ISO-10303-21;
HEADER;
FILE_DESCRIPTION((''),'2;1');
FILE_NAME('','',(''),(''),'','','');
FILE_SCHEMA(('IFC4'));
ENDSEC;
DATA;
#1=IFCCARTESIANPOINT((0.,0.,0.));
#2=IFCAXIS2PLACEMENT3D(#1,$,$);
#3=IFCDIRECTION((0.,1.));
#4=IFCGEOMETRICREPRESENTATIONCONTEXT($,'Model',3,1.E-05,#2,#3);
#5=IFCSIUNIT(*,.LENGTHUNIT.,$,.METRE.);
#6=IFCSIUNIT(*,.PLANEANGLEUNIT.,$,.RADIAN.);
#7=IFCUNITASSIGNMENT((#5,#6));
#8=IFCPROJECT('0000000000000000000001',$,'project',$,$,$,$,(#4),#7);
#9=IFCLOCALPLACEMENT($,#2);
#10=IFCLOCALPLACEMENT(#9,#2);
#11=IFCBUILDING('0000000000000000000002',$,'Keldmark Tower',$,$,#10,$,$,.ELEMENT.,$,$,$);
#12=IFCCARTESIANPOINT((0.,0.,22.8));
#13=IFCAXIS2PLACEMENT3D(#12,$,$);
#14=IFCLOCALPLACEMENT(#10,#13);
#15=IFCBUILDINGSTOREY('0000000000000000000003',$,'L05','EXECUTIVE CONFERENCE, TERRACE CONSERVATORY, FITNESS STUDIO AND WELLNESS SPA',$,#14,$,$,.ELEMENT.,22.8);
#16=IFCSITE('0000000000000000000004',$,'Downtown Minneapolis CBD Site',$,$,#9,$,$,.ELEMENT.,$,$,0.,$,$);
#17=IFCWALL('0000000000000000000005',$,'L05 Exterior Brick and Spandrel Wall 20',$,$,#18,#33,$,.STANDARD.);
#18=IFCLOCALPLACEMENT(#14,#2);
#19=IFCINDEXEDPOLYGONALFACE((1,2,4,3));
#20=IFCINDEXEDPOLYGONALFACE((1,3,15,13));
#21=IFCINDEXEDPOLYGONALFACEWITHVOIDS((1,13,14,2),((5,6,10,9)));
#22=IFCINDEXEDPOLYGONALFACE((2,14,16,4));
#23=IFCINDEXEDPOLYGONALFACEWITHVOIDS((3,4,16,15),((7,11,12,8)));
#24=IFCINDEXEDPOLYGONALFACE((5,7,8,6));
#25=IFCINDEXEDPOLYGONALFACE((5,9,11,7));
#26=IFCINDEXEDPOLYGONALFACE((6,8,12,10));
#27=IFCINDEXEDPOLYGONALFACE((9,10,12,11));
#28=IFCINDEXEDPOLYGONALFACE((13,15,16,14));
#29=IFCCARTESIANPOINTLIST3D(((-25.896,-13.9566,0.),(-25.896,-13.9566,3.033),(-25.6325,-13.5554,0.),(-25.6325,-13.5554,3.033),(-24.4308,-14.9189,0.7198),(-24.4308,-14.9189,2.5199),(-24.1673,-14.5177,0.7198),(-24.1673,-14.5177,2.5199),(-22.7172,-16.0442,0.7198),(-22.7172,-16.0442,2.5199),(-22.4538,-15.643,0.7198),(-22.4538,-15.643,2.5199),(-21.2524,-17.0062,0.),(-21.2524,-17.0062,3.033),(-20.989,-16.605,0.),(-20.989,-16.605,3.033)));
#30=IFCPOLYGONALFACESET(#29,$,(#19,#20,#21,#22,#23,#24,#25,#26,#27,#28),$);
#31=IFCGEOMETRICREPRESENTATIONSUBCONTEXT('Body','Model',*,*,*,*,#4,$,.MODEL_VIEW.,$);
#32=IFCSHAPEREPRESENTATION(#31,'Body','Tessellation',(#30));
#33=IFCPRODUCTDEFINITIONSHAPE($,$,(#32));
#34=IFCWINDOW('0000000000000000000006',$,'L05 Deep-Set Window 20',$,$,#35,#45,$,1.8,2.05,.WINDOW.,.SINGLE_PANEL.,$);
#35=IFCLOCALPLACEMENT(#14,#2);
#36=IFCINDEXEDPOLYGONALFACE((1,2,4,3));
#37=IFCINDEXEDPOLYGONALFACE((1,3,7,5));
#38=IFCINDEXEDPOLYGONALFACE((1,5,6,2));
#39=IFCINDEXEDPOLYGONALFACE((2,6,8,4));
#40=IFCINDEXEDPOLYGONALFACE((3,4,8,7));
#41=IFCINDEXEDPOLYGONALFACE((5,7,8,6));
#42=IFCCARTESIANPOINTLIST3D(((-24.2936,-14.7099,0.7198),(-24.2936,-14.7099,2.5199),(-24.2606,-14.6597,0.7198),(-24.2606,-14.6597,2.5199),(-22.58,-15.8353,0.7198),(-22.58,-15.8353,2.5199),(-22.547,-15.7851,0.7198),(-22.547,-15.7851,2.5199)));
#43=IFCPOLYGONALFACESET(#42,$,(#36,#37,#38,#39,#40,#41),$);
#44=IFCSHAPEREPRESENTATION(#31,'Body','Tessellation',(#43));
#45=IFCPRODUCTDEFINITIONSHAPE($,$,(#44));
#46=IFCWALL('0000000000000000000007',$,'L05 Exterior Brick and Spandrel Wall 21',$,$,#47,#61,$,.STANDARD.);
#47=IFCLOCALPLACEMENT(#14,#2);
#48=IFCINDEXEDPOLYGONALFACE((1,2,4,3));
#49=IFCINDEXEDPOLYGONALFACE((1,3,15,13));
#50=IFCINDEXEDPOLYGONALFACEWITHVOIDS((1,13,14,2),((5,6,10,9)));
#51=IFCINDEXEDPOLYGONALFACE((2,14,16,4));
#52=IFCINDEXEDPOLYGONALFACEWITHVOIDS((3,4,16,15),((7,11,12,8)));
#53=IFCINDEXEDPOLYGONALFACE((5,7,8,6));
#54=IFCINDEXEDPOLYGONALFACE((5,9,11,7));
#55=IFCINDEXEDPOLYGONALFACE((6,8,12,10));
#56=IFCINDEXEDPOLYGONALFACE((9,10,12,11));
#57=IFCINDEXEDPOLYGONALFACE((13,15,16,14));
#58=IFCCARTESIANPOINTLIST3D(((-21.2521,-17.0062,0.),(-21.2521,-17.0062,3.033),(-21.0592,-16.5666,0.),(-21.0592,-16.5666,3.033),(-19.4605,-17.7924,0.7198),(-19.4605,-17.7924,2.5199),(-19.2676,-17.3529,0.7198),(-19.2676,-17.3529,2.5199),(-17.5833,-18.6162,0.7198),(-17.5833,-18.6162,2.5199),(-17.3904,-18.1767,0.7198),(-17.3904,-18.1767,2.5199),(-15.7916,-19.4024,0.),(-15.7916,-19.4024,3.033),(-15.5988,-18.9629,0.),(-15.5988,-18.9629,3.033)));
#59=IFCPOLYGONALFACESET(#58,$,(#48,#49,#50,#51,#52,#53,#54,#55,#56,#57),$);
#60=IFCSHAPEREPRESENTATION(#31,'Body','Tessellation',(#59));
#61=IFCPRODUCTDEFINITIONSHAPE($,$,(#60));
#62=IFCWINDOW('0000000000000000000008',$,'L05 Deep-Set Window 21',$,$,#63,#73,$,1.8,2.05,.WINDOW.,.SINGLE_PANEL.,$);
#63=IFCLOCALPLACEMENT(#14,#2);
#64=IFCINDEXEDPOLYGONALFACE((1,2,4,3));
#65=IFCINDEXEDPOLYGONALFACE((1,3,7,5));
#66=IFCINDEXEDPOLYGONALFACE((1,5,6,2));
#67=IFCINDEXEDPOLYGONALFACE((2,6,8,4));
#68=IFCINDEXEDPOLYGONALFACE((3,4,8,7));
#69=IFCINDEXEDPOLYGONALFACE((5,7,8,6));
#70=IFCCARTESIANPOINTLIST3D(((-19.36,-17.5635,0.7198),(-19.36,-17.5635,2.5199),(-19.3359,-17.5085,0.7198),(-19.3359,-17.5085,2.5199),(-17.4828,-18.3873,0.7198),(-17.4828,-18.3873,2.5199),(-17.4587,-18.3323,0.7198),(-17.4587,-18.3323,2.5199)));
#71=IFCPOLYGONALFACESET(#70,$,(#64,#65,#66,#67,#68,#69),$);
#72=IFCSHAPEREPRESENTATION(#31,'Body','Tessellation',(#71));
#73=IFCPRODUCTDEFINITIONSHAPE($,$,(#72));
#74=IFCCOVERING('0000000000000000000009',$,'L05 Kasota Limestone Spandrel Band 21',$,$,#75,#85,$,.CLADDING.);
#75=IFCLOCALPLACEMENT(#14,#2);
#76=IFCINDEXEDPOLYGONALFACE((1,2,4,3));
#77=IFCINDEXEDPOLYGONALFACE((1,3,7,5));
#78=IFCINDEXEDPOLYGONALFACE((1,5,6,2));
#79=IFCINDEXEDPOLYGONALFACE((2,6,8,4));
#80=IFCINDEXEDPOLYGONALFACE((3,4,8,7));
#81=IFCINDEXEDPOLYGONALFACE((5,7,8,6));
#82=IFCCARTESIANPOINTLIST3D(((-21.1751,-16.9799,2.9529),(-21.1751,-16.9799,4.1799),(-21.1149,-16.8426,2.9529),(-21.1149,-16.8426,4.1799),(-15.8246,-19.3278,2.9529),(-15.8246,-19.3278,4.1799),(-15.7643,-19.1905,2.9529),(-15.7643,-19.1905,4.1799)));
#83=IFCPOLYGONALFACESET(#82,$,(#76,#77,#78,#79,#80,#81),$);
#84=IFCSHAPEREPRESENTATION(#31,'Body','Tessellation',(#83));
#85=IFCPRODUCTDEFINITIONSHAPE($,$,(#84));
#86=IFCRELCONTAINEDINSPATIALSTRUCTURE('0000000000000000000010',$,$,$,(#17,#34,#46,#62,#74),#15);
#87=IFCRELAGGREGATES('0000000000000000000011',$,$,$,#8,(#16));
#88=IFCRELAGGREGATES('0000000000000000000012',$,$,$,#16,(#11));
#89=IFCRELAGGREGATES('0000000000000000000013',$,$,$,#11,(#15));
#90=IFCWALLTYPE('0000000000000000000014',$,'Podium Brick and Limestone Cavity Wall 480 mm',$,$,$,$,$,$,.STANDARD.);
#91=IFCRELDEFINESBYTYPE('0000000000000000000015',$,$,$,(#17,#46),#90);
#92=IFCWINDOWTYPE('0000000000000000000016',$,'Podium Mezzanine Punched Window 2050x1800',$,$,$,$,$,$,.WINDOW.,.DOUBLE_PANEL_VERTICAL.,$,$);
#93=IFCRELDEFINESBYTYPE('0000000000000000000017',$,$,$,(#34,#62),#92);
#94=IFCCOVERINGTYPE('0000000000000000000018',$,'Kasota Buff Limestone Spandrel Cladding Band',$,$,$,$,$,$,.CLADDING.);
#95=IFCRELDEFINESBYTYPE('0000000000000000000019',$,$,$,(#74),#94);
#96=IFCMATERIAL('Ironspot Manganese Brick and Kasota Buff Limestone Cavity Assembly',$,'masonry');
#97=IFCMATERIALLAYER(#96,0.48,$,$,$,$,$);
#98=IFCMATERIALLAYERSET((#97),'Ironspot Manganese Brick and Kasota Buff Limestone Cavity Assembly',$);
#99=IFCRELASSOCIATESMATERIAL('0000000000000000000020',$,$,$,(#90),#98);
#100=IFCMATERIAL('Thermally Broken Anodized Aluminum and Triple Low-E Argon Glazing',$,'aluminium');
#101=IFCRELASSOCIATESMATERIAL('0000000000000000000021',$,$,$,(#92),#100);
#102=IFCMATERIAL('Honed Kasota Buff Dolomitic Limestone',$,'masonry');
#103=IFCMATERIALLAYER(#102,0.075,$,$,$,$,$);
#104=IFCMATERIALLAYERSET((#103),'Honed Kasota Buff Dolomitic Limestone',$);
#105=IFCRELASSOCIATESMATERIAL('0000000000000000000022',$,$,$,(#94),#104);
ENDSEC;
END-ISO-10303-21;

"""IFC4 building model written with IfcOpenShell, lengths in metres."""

from ifc_helpers import new_model, si_unit, direction, frame, frame_2d, origin, origin_2d, place, context, subcontext, project, spatial, rectangle, extrude, material, layer, layer_set, type_object, element, fill, save


model = new_model("IFC4")

# Units and contexts
model_context = context("Model", 3, precision=1e-05, world=origin(), true_north=direction((0.0, 1.0)))
body_context = subcontext(model_context, "Body", "Model", "MODEL_VIEW")
ifc_project = project(units=[si_unit("LENGTHUNIT", "METRE"), si_unit("PLANEANGLEUNIT", "RADIAN")], contexts=[model_context])

# Site, building, storey
site_placement = place(None, origin())
site = spatial("IfcSite", under=ifc_project, at=site_placement, Name="Downtown Minneapolis CBD Site", CompositionType="ELEMENT", RefElevation=0.0)
building_placement = place(site_placement, origin())
building = spatial("IfcBuilding", under=site, at=building_placement, Name="Keldmark Tower", CompositionType="ELEMENT")
storey_placement = place(building_placement, frame((0.0, 0.0, 22.8)))
storey = spatial("IfcBuildingStorey", under=building, at=storey_placement, Name="L05", Description="EXECUTIVE CONFERENCE, TERRACE CONSERVATORY, FITNESS STUDIO AND WELLNESS SPA", CompositionType="ELEMENT", Elevation=22.8)

# Walls, openings, windows
ifc_material_1 = material(Name="Ironspot Manganese Brick and Kasota Buff Limestone Cavity Assembly", Category="masonry")
ifc_layer_1 = layer(ifc_material_1, 0.48)
ifc_layer_set_1 = layer_set([ifc_layer_1], Name="Ironspot Manganese Brick and Kasota Buff Limestone Cavity Assembly")
wall_type_1 = type_object("IfcWallType", Name="Podium Brick and Limestone Cavity Wall 480 mm", PredefinedType="STANDARD", material=ifc_layer_set_1)
wall_1_placement = place(storey_placement, frame((-21.1206, -16.8057, 0.0), z_axis=(0.0, 0.0, 1.0), x_axis=(-0.835864, 0.548937, 0.0)))
wall_1 = element("IfcWall", 1, at=wall_1_placement, inside=storey, type_object=wall_type_1, Name="L05 Exterior Brick and Spandrel Wall 20", PredefinedType="STANDARD", context=body_context, shape_type="SweptSolid", body=[
    extrude(rectangle(XDim=5.5554, YDim=0.48, at=frame_2d((2.7778, 0.0))), origin(), (0.0, 0.0, 1.0), 3.033),
])
opening_1_placement = place(wall_1_placement, frame((1.7527, 0.0, 0.72)))
opening_1 = element("IfcOpeningElement", 2, at=opening_1_placement, cuts=wall_1, PredefinedType="OPENING", context=body_context, shape_type="SweptSolid", body=[
    extrude(rectangle(XDim=2.05, YDim=1.8, at=frame_2d((1.0249, 0.8999))), frame((0.0, 0.25, 0.0), z_axis=(0.0, -1.0, 0.0), x_axis=(1.0, 0.0, 0.0)), (0.0, 0.0, 1.0), 0.5),
])
ifc_material_2 = material(Name="Thermally Broken Anodized Aluminum and Triple Low-E Argon Glazing", Category="aluminium")
window_type = type_object("IfcWindowType", Name="Podium Mezzanine Punched Window 2050x1800", PartitioningType="DOUBLE_PANEL_VERTICAL", PredefinedType="WINDOW", material=ifc_material_2)
window_1_placement = place(opening_1_placement, origin())
window_1 = element("IfcWindow", 3, at=window_1_placement, inside=storey, type_object=window_type, Name="L05 Deep-Set Window 20", OverallHeight=1.8, OverallWidth=2.05, PartitioningType="SINGLE_PANEL", PredefinedType="WINDOW", context=body_context, shape_type="SweptSolid", body=[
    extrude(rectangle(XDim=2.05, YDim=1.8, at=frame_2d((1.0249, 0.8999))), frame((0.0, -0.01, 0.0), z_axis=(0.0, -1.0, 0.0), x_axis=(1.0, 0.0, 0.0)), (0.0, 0.0, 1.0), 0.0601),
])
fill(opening_1, window_1)
wall_2_placement = place(storey_placement, frame((-15.6953, -19.1826, 0.0), z_axis=(0.0, 0.0, 1.0), x_axis=(-0.915708, 0.401845, 0.0)))
wall_2 = element("IfcWall", 4, at=wall_2_placement, inside=storey, type_object=wall_type_1, Name="L05 Exterior Brick and Spandrel Wall 21", PredefinedType="STANDARD", context=body_context, shape_type="SweptSolid", body=[
    extrude(rectangle(XDim=5.9631, YDim=0.48, at=frame_2d((2.9814, 0.0))), origin(), (0.0, 0.0, 1.0), 3.033),
])
opening_2_placement = place(wall_2_placement, frame((1.9565, 0.0, 0.72)))
opening_2 = element("IfcOpeningElement", 5, at=opening_2_placement, cuts=wall_2, PredefinedType="OPENING", context=body_context, shape_type="SweptSolid", body=[
    extrude(rectangle(XDim=2.05, YDim=1.8, at=frame_2d((1.0249, 0.8999))), frame((0.0, 0.25, 0.0), z_axis=(0.0, -1.0, 0.0), x_axis=(1.0, 0.0, 0.0)), (0.0, 0.0, 1.0), 0.5),
])
window_2_placement = place(opening_2_placement, origin())
window_2 = element("IfcWindow", 6, at=window_2_placement, inside=storey, type_object=window_type, Name="L05 Deep-Set Window 21", OverallHeight=1.8, OverallWidth=2.05, PartitioningType="SINGLE_PANEL", PredefinedType="WINDOW", context=body_context, shape_type="SweptSolid", body=[
    extrude(rectangle(XDim=2.05, YDim=1.8, at=frame_2d((1.0249, 0.8999))), frame((0.0, -0.01, 0.0), z_axis=(0.0, -1.0, 0.0), x_axis=(1.0, 0.0, 0.0)), (0.0, 0.0, 1.0), 0.0601),
])
fill(opening_2, window_2)

# Covering
ifc_material_3 = material(Name="Honed Kasota Buff Dolomitic Limestone", Category="masonry")
ifc_layer_2 = layer(ifc_material_3, 0.075)
ifc_layer_set_2 = layer_set([ifc_layer_2], Name="Honed Kasota Buff Dolomitic Limestone")
covering_type = type_object("IfcCoveringType", Name="Kasota Buff Limestone Spandrel Cladding Band", PredefinedType="CLADDING", material=ifc_layer_set_2)
covering_placement = place(storey_placement, frame((-18.4697, -18.0852, 2.9529), z_axis=(0.0, 0.0, 1.0), x_axis=(0.915712, -0.401836, 0.0)))
element("IfcCovering", 7, at=covering_placement, inside=storey, type_object=covering_type, Name="L05 Kasota Limestone Spandrel Band 21", PredefinedType="CLADDING", context=body_context, shape_type="SweptSolid", body=[
    extrude(rectangle(XDim=5.843, YDim=0.1499, at=origin_2d()), origin(), (0.0, 0.0, 1.0), 1.2271),
])

save(model, "model.ifc")
